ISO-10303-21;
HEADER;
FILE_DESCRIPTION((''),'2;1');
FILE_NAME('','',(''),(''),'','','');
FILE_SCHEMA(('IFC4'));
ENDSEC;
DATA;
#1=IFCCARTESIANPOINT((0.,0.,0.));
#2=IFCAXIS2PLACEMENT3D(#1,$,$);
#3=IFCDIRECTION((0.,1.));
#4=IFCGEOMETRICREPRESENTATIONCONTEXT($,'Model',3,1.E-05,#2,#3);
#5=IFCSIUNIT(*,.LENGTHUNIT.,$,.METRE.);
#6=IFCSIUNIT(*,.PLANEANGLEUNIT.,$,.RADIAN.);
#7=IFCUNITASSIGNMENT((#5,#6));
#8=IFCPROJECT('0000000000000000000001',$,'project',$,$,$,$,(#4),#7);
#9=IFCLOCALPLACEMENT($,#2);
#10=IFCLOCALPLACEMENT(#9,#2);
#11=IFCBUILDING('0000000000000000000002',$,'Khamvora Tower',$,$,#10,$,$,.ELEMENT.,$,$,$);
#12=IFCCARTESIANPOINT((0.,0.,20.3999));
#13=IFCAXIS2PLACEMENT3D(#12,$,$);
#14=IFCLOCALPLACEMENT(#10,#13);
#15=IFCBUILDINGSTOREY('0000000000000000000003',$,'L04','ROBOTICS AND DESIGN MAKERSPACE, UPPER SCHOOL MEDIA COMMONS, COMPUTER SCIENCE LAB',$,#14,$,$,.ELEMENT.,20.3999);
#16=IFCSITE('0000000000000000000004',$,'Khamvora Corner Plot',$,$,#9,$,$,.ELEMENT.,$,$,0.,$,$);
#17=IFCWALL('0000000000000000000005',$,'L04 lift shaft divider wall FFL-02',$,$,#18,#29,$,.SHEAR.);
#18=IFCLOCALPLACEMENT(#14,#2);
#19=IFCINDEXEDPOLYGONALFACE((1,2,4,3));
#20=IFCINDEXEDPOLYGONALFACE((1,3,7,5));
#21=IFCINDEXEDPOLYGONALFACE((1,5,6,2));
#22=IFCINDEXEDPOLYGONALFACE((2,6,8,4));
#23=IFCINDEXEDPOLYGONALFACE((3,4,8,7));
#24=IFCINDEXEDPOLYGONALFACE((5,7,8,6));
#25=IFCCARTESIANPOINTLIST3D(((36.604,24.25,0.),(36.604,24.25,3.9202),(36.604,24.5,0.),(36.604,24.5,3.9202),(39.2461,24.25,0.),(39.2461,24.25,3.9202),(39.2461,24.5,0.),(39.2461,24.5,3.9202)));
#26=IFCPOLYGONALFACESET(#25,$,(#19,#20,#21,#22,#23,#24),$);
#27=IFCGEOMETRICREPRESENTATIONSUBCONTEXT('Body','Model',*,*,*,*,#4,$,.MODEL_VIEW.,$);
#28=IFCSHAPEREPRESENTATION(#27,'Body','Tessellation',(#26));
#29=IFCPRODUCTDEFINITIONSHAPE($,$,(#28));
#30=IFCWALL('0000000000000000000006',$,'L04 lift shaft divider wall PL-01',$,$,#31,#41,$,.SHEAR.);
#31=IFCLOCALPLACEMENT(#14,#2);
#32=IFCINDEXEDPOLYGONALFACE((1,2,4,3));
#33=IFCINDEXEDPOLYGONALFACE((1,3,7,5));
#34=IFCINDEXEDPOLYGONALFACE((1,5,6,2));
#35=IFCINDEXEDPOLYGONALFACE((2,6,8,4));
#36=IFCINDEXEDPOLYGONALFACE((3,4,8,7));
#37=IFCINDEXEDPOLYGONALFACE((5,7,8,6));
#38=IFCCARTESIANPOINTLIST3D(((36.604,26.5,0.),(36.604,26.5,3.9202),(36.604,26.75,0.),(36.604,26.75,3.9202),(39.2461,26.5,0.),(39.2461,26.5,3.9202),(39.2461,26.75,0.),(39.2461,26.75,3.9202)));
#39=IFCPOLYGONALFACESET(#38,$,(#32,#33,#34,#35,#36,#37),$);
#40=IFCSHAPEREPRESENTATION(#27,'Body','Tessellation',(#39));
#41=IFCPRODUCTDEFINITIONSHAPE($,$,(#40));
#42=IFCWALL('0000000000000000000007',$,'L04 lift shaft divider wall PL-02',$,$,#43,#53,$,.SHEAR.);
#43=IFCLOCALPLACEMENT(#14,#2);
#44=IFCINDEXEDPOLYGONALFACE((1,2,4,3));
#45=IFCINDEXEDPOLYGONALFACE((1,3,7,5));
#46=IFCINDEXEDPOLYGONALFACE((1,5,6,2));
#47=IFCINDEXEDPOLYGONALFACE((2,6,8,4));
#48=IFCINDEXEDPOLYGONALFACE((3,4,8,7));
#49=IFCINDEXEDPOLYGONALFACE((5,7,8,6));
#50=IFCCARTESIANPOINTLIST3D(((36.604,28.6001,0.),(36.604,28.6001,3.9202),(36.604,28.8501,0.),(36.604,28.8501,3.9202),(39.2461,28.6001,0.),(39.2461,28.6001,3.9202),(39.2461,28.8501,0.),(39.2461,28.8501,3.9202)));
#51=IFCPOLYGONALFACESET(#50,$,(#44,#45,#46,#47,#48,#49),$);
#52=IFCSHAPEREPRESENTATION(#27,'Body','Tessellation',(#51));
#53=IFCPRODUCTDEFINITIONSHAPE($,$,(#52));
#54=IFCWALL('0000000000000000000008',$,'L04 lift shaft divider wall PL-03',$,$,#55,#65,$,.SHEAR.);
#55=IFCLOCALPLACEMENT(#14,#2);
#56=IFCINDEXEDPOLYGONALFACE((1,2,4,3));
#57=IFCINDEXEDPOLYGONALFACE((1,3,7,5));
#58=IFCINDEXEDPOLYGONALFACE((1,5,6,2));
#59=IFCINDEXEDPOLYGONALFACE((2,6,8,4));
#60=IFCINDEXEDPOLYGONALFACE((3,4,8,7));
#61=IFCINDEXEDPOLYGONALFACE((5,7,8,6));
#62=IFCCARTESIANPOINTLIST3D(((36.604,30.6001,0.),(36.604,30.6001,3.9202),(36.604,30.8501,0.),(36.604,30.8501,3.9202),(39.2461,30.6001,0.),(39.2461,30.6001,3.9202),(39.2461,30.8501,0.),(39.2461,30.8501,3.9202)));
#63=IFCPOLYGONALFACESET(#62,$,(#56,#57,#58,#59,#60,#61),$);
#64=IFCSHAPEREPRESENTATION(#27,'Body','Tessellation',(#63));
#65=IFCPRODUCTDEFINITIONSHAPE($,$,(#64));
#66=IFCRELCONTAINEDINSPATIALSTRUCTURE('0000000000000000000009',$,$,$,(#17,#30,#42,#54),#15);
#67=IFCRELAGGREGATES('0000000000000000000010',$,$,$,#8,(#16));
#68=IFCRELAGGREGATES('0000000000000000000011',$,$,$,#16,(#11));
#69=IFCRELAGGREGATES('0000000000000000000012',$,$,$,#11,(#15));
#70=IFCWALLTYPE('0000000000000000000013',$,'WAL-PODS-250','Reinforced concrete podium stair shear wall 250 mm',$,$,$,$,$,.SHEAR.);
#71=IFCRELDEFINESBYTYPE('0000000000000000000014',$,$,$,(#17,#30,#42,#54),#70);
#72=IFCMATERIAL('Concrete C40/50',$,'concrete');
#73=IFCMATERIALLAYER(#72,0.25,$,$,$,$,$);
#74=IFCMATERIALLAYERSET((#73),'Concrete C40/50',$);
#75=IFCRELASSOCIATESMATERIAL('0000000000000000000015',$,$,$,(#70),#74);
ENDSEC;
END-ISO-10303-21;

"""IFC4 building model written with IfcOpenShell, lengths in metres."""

from ifc_helpers import new_model, si_unit, direction, frame, frame_2d, origin, place, context, subcontext, project, spatial, rectangle, extrude, material, layer, layer_set, type_object, element, save


model = new_model("IFC4")

# Units and contexts
model_context = context("Model", 3, precision=1e-05, world=origin(), true_north=direction((0.0, 1.0)))
body_context = subcontext(model_context, "Body", "Model", "MODEL_VIEW")
ifc_project = project(units=[si_unit("LENGTHUNIT", "METRE"), si_unit("PLANEANGLEUNIT", "RADIAN")], contexts=[model_context])

# Site, building, storey
site_placement = place(None, origin())
site = spatial("IfcSite", under=ifc_project, at=site_placement, Name="Khamvora Corner Plot", CompositionType="ELEMENT", RefElevation=0.0)
building_placement = place(site_placement, origin())
building = spatial("IfcBuilding", under=site, at=building_placement, Name="Khamvora Tower", CompositionType="ELEMENT")
storey_placement = place(building_placement, frame((0.0, 0.0, 20.3999)))
storey = spatial("IfcBuildingStorey", under=building, at=storey_placement, Name="L04", Description="ROBOTICS AND DESIGN MAKERSPACE, UPPER SCHOOL MEDIA COMMONS, COMPUTER SCIENCE LAB", CompositionType="ELEMENT", Elevation=20.3999)

# Walls
ifc_material_1 = material(Name="Concrete C40/50", Category="concrete")
ifc_layer_1 = layer(ifc_material_1, 0.25)
ifc_layer_set_1 = layer_set([ifc_layer_1], Name="Concrete C40/50")
wall_type_1 = type_object("IfcWallType", Name="WAL-PODS-250", Description="Reinforced concrete podium stair shear wall 250 mm", PredefinedType="SHEAR", material=ifc_layer_set_1)
for number, where, z_axis, x_axis, name in (
    (1, (36.604, 24.375, 0.0), (0.0, 0.0, 1.0), (1.0, 0.0, 0.0), "L04 lift shaft divider wall FFL-02"),
    (2, (36.604, 26.625, 0.0), (0.0, 0.0, 1.0), (1.0, 0.0, 0.0), "L04 lift shaft divider wall PL-01"),
    (3, (36.604, 28.7251, 0.0), (0.0, 0.0, 1.0), (1.0, 0.0, 0.0), "L04 lift shaft divider wall PL-02"),
    (4, (36.604, 30.7251, 0.0), (0.0, 0.0, 1.0), (1.0, 0.0, 0.0), "L04 lift shaft divider wall PL-03"),
):
    element("IfcWall", number, at=place(storey_placement, frame(where, z_axis=z_axis, x_axis=x_axis)), inside=storey, type_object=wall_type_1, Name=name, PredefinedType="SHEAR", context=body_context, shape_type="SweptSolid", body=[
        extrude(rectangle(XDim=2.6421, YDim=0.25, at=frame_2d((1.321, 0.0))), origin(), (0.0, 0.0, 1.0), 3.9202),
    ])

save(model, "model.ifc")
